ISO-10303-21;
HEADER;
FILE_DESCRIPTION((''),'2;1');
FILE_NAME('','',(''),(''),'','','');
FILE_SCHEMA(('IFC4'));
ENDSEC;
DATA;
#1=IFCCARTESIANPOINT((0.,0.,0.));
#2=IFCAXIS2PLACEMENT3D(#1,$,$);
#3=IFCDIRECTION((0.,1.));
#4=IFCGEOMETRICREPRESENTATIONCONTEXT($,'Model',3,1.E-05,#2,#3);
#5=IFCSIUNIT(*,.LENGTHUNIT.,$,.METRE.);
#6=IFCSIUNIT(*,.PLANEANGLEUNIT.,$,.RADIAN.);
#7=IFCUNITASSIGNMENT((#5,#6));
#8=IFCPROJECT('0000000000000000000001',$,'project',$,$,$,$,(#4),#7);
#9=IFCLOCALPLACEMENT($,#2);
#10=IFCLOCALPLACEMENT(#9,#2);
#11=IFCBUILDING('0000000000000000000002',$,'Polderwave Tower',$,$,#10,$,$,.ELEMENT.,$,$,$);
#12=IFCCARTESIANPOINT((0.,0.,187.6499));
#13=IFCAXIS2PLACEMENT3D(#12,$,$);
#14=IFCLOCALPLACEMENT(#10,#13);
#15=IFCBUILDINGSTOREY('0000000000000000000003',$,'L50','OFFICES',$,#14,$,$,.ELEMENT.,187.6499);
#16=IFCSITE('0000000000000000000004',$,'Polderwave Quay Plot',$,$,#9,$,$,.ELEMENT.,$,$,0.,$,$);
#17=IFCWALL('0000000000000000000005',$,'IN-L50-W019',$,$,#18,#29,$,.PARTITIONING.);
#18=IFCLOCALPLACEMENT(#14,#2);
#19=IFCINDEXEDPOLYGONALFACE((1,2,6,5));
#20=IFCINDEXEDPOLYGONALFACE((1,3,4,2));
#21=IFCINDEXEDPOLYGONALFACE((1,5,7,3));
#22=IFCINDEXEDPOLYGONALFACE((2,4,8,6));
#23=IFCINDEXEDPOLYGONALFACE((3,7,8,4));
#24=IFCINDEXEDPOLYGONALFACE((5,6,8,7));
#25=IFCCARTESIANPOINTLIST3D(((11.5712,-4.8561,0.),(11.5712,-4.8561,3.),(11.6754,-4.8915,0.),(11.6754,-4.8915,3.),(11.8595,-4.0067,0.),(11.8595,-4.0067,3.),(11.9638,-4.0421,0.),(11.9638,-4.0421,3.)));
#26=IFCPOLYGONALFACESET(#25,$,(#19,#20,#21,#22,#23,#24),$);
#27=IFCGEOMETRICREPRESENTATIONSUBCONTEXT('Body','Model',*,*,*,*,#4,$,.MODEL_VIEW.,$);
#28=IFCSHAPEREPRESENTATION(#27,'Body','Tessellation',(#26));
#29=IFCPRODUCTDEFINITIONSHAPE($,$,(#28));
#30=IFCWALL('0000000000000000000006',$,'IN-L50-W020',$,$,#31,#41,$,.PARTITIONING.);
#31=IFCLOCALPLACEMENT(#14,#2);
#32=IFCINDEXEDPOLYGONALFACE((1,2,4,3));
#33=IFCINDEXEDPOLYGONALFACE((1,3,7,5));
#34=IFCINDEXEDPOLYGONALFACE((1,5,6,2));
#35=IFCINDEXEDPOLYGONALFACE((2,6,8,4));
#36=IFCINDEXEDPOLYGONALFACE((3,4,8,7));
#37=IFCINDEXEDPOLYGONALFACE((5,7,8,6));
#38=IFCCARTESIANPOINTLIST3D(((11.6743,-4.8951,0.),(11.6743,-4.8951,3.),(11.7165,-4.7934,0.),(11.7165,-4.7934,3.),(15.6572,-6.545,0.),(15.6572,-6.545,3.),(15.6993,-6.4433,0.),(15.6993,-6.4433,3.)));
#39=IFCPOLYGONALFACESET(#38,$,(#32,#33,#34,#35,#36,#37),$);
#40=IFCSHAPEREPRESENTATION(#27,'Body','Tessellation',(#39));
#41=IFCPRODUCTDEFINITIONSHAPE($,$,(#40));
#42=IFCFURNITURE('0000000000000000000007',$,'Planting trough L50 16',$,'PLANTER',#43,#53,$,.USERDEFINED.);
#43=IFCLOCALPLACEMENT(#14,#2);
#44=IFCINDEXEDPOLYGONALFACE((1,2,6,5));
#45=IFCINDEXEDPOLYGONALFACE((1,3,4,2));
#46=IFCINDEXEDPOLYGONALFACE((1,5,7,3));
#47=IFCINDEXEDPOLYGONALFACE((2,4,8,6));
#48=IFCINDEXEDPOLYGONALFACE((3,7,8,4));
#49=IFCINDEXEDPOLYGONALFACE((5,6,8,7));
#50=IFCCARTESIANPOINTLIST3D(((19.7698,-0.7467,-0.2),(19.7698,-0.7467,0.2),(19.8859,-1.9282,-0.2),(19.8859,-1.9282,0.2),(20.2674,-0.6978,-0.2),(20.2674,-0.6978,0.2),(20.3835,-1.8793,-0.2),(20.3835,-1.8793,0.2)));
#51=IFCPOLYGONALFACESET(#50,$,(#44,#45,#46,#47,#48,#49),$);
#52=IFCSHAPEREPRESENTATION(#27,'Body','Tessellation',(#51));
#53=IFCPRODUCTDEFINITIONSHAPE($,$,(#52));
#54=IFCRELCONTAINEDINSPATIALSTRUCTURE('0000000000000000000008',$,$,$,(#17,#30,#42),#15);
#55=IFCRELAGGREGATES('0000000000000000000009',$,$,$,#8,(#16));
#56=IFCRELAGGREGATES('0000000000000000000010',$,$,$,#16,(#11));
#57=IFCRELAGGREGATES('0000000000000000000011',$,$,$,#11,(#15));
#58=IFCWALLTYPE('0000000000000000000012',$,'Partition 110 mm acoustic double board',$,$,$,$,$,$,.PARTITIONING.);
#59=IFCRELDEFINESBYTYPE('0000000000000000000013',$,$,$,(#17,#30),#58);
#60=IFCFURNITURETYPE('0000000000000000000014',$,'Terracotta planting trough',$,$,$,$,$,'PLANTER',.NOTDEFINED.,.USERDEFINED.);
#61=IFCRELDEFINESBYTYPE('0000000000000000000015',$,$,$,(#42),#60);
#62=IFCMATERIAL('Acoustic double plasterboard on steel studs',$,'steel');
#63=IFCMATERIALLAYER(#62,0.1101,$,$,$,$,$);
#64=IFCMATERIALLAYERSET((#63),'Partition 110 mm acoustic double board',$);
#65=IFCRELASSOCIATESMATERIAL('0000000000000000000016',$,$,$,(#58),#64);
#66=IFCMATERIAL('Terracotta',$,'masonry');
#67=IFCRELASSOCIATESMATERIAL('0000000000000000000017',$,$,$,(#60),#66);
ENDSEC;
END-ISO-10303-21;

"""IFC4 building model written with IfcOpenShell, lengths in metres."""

from ifc_helpers import new_model, si_unit, direction, frame, frame_2d, origin, origin_2d, place, context, subcontext, project, spatial, rectangle, extrude, material, layer, layer_set, type_object, element, save


model = new_model("IFC4")

# Units and contexts
model_context = context("Model", 3, precision=1e-05, world=origin(), true_north=direction((0.0, 1.0)))
body_context = subcontext(model_context, "Body", "Model", "MODEL_VIEW")
ifc_project = project(units=[si_unit("LENGTHUNIT", "METRE"), si_unit("PLANEANGLEUNIT", "RADIAN")], contexts=[model_context])

# Site, building, storey
site_placement = place(None, origin())
site = spatial("IfcSite", under=ifc_project, at=site_placement, Name="Polderwave Quay Plot", CompositionType="ELEMENT", RefElevation=0.0)
building_placement = place(site_placement, origin())
building = spatial("IfcBuilding", under=site, at=building_placement, Name="Polderwave Tower", CompositionType="ELEMENT")
storey_placement = place(building_placement, frame((0.0, 0.0, 187.6499)))
storey = spatial("IfcBuildingStorey", under=building, at=storey_placement, Name="L50", Description="OFFICES", CompositionType="ELEMENT", Elevation=187.6499)

# Walls
ifc_material_1 = material(Name="Acoustic double plasterboard on steel studs", Category="steel")
ifc_layer_1 = layer(ifc_material_1, 0.1101)
ifc_layer_set_1 = layer_set([ifc_layer_1], Name="Partition 110 mm acoustic double board")
wall_type_1 = type_object("IfcWallType", Name="Partition 110 mm acoustic double board", PredefinedType="PARTITIONING", material=ifc_layer_set_1)
wall_1_placement = place(storey_placement, frame((11.6233, -4.8738, 0.0), z_axis=(0.0, 0.0, 1.0), x_axis=(0.321449, 0.946927, 0.0)))
element("IfcWall", 1, at=wall_1_placement, inside=storey, type_object=wall_type_1, Name="IN-L50-W019", PredefinedType="PARTITIONING", context=body_context, shape_type="SweptSolid", body=[
    extrude(rectangle(XDim=0.897, YDim=0.1101, at=frame_2d((0.4485, 0.0))), origin(), (0.0, 0.0, 1.0), 3.0),
])
wall_2_placement = place(storey_placement, frame((15.6782, -6.4941, 0.0), z_axis=(0.0, 0.0, 1.0), x_axis=(-0.923869, 0.382709, 0.0)))
element("IfcWall", 2, at=wall_2_placement, inside=storey, type_object=wall_type_1, Name="IN-L50-W020", PredefinedType="PARTITIONING", context=body_context, shape_type="SweptSolid", body=[
    extrude(rectangle(XDim=4.311, YDim=0.1101, at=frame_2d((2.1555, 0.0))), origin(), (0.0, 0.0, 1.0), 3.0),
])

# Furniture
ifc_material_2 = material(Name="Terracotta", Category="masonry")
furniture_type = type_object("IfcFurnitureType", Name="Terracotta planting trough", ElementType="PLANTER", AssemblyPlace="NOTDEFINED", PredefinedType="USERDEFINED", material=ifc_material_2)
furniture_placement = place(storey_placement, frame((20.0767, -1.313, -0.2), z_axis=(0.0, 0.0, 1.0), x_axis=(-0.09779, 0.995207, 0.0)))
element("IfcFurniture", 3, at=furniture_placement, inside=storey, type_object=furniture_type, Name="Planting trough L50 16", ObjectType="PLANTER", PredefinedType="USERDEFINED", context=body_context, shape_type="SweptSolid", body=[
    extrude(rectangle(XDim=1.1873, YDim=0.5, at=origin_2d()), origin(), (0.0, 0.0, 1.0), 0.3999),
])

save(model, "model.ifc")
